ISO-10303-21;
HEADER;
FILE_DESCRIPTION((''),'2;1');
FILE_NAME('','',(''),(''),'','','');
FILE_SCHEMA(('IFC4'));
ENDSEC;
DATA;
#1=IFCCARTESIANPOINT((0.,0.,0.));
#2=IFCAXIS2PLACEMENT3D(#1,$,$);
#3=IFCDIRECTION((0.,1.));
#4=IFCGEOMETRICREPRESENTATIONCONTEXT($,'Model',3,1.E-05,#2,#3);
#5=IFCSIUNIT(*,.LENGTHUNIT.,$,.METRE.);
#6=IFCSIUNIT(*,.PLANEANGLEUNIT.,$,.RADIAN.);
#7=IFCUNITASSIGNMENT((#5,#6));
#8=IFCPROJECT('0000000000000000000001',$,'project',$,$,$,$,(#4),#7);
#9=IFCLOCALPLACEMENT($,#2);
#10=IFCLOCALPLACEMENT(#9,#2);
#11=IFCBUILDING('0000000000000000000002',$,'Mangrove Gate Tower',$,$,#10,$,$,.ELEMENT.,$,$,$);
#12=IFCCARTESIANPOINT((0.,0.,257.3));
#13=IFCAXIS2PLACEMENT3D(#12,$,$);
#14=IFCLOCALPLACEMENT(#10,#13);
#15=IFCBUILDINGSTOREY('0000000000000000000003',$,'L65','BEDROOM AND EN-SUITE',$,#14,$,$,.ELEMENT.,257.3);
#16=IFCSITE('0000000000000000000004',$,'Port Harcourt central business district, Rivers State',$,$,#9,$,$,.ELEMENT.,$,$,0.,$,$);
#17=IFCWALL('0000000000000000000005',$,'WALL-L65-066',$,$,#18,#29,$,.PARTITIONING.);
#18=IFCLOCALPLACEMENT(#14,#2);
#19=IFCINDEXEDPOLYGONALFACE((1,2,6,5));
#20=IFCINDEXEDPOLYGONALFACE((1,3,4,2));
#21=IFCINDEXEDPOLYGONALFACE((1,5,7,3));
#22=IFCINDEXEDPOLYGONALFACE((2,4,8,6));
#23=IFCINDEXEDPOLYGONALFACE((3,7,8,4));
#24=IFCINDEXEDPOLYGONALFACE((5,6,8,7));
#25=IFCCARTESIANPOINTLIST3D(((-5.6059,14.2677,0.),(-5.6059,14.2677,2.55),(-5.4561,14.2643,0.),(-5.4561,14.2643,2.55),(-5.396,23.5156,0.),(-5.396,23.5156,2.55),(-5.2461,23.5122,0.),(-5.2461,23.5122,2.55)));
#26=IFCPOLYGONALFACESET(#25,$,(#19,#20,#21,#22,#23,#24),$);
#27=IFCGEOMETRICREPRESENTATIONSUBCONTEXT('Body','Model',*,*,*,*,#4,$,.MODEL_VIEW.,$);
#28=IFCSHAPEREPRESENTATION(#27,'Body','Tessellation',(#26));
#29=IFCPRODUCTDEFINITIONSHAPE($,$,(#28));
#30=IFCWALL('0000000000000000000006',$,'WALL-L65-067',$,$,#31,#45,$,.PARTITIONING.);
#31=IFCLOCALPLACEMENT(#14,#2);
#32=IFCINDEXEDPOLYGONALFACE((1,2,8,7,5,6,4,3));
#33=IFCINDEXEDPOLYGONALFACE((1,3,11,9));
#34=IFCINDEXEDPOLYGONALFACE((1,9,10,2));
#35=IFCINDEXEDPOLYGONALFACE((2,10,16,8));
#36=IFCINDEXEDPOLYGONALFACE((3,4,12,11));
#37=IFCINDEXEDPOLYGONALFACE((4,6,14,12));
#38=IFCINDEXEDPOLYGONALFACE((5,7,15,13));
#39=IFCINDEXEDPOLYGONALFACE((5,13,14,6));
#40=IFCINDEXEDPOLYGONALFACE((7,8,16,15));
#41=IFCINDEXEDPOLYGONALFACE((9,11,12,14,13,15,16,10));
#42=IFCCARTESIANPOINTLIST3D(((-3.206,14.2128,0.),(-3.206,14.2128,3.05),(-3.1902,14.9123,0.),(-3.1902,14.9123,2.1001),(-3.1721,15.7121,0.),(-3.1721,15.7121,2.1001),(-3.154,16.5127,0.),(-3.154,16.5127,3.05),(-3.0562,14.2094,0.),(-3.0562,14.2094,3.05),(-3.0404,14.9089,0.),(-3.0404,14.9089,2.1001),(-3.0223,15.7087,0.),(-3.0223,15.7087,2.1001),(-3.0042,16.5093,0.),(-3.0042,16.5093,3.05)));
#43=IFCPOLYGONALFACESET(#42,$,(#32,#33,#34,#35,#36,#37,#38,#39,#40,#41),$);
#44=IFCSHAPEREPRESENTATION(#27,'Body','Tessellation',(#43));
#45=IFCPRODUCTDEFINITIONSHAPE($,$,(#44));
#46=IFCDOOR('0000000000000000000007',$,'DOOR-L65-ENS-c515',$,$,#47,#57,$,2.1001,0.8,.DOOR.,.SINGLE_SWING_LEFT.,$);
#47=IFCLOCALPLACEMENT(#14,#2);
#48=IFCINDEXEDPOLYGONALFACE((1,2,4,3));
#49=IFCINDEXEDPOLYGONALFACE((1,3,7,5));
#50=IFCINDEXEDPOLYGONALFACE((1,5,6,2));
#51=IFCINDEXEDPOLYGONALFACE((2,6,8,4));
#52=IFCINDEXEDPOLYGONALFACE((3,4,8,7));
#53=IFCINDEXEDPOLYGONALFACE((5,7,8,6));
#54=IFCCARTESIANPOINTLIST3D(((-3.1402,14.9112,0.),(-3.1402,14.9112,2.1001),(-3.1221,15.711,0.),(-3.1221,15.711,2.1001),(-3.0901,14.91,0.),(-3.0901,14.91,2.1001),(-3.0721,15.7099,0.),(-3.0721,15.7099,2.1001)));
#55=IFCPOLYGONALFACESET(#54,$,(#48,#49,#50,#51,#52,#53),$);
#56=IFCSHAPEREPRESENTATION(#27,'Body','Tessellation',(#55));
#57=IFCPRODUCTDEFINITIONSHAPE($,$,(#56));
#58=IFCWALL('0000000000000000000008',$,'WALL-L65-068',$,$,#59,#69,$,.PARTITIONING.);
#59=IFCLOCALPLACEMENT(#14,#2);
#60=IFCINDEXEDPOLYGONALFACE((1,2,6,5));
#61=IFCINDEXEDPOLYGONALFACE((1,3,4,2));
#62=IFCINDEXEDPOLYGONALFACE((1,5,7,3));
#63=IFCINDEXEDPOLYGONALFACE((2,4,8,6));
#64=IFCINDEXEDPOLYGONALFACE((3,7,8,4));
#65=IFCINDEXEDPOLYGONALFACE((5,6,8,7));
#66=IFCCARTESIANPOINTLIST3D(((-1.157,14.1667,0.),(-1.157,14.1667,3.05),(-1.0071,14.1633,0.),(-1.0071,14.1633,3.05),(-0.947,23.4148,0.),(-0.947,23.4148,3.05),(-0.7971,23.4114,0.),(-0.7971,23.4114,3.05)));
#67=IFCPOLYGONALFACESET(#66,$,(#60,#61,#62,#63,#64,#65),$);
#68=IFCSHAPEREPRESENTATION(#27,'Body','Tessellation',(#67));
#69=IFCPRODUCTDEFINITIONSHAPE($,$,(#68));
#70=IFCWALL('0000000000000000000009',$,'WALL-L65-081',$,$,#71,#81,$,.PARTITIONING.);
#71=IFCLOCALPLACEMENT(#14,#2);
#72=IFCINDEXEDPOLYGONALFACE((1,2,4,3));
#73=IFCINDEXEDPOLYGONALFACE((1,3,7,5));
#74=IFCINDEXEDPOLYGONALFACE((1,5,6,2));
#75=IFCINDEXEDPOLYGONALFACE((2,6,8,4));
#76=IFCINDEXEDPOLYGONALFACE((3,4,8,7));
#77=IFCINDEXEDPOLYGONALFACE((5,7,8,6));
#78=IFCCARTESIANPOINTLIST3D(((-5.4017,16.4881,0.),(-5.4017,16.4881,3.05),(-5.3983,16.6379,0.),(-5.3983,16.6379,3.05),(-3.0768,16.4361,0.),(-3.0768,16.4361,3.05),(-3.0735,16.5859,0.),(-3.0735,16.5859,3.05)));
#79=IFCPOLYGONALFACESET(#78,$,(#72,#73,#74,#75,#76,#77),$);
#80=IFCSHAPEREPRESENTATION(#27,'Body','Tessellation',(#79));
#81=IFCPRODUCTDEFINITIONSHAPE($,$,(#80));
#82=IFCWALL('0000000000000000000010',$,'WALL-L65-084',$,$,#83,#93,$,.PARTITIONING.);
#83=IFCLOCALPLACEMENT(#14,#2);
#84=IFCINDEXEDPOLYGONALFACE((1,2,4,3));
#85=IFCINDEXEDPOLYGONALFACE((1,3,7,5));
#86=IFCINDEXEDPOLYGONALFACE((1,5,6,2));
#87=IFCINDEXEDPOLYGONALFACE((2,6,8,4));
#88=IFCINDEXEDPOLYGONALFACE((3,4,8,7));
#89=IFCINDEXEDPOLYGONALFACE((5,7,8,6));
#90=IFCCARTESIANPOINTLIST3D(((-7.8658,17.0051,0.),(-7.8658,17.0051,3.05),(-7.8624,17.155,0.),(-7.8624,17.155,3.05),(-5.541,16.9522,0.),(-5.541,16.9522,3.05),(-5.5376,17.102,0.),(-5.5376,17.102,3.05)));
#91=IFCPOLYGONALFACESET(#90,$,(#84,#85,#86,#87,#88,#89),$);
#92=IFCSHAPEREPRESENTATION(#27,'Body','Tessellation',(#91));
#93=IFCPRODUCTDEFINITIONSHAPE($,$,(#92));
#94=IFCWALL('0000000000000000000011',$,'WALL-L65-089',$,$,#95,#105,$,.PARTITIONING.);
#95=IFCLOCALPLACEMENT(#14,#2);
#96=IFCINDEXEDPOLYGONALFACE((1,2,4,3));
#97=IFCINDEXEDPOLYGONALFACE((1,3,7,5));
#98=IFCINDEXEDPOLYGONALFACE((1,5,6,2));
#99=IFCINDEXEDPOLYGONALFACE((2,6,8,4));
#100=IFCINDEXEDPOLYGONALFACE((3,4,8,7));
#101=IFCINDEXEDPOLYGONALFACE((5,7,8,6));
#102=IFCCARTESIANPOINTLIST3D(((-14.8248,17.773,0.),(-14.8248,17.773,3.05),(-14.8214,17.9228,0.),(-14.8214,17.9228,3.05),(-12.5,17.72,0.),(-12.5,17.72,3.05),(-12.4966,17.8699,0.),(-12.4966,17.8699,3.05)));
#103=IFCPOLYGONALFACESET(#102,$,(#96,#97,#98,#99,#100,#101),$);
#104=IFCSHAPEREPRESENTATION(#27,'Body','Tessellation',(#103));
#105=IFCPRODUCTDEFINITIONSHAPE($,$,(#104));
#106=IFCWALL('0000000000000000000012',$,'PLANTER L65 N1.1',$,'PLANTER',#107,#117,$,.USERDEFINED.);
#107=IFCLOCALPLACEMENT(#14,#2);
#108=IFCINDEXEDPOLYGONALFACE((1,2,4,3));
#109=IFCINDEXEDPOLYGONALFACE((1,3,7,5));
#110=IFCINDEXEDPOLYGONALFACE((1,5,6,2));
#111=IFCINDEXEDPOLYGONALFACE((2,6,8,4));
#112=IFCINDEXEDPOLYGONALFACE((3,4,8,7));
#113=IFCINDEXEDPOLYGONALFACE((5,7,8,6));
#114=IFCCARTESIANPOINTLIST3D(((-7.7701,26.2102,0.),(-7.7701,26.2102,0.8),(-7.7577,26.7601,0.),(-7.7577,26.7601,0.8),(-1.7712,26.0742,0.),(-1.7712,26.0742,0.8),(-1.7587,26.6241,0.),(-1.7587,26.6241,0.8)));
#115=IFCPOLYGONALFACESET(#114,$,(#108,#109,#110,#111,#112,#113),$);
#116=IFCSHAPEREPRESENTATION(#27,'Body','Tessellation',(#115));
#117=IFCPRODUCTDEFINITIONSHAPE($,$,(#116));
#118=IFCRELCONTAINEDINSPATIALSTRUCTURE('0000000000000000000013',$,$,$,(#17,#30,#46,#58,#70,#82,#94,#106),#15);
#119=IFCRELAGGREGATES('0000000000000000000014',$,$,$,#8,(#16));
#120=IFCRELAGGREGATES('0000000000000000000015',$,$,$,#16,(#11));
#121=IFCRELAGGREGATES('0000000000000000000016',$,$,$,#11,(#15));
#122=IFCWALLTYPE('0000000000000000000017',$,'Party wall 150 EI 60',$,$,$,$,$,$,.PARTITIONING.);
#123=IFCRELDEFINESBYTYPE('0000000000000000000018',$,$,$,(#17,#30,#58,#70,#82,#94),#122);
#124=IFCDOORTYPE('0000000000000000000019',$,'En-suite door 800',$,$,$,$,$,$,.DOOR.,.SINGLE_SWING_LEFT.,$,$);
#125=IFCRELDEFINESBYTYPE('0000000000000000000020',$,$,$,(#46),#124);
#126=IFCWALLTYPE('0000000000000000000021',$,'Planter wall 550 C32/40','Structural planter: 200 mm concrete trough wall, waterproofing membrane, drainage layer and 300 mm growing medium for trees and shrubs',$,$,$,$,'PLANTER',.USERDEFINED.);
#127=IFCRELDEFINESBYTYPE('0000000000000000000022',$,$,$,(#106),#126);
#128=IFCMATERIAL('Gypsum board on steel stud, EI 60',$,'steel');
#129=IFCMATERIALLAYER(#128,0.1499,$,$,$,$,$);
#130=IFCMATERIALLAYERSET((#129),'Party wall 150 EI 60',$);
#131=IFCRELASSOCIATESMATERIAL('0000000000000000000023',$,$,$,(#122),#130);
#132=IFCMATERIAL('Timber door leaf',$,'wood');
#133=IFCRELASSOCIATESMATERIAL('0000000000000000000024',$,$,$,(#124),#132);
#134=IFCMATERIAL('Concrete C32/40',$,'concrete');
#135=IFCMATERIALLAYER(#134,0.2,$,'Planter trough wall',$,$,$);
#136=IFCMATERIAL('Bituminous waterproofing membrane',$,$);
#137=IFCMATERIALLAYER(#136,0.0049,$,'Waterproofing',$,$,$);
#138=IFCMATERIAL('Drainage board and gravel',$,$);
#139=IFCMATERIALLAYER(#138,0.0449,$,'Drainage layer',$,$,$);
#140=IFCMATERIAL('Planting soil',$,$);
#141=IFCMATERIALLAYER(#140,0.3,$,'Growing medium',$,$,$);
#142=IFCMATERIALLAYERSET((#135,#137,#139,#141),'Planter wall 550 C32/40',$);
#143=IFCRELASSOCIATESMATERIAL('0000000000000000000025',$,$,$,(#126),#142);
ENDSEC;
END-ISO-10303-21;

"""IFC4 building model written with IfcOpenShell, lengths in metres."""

from ifc_helpers import new_model, si_unit, direction, frame, frame_2d, origin, place, context, subcontext, project, spatial, rectangle, extrude, material, layer, layer_set, type_object, element, fill, save


model = new_model("IFC4")

# Units and contexts
model_context = context("Model", 3, precision=1e-05, world=origin(), true_north=direction((0.0, 1.0)))
body_context = subcontext(model_context, "Body", "Model", "MODEL_VIEW")
ifc_project = project(units=[si_unit("LENGTHUNIT", "METRE"), si_unit("PLANEANGLEUNIT", "RADIAN")], contexts=[model_context])

# Site, building, storey
site_placement = place(None, origin())
site = spatial("IfcSite", under=ifc_project, at=site_placement, Name="Port Harcourt central business district, Rivers State", CompositionType="ELEMENT", RefElevation=0.0)
building_placement = place(site_placement, origin())
building = spatial("IfcBuilding", under=site, at=building_placement, Name="Mangrove Gate Tower", CompositionType="ELEMENT")
storey_placement = place(building_placement, frame((0.0, 0.0, 257.3)))
storey = spatial("IfcBuildingStorey", under=building, at=storey_placement, Name="L65", Description="BEDROOM AND EN-SUITE", CompositionType="ELEMENT", Elevation=257.3)

# Shared definitions
ifc_material_1 = material(Name="Gypsum board on steel stud, EI 60", Category="steel")
ifc_layer_1 = layer(ifc_material_1, 0.1499)
ifc_layer_set_1 = layer_set([ifc_layer_1], Name="Party wall 150 EI 60")
wall_type_1 = type_object("IfcWallType", Name="Party wall 150 EI 60", PredefinedType="PARTITIONING", material=ifc_layer_set_1)

# Shared definitions
ifc_material_2 = material(Name="Timber door leaf", Category="wood")
door_type = type_object("IfcDoorType", Name="En-suite door 800", OperationType="SINGLE_SWING_LEFT", PredefinedType="DOOR", material=ifc_material_2)

# Wall
wall_1_placement = place(storey_placement, frame((-5.531, 14.2661, 0.0), z_axis=(0.0, 0.0, 1.0), x_axis=(0.022698, 0.999742, 0.0)))
element("IfcWall", 1, at=wall_1_placement, inside=storey, type_object=wall_type_1, Name="WALL-L65-066", PredefinedType="PARTITIONING", context=body_context, shape_type="SweptSolid", body=[
    extrude(rectangle(XDim=9.2502, YDim=0.1499, at=frame_2d((4.625, 0.0))), origin(), (0.0, 0.0, 1.0), 2.55),
])

# Wall, opening, door
wall_2_placement = place(storey_placement, frame((-3.1311, 14.2109, 0.0), z_axis=(0.0, 0.0, 1.0), x_axis=(0.022603, 0.999745, 0.0)))
wall_2 = element("IfcWall", 2, at=wall_2_placement, inside=storey, type_object=wall_type_1, Name="WALL-L65-067", PredefinedType="PARTITIONING", context=body_context, shape_type="SweptSolid", body=[
    extrude(rectangle(XDim=2.3005, YDim=0.1499, at=frame_2d((1.1504, 0.0))), origin(), (0.0, 0.0, 1.0), 3.05),
])
opening_1_placement = place(wall_2_placement, frame((0.7, 0.0, 0.0)))
opening_1 = element("IfcOpeningElement", 3, at=opening_1_placement, cuts=wall_2, PredefinedType="OPENING", context=body_context, shape_type="SweptSolid", body=[
    extrude(rectangle(XDim=0.8, YDim=2.1001, at=frame_2d((0.3999, 1.05))), frame((0.0, 0.085, 0.0), z_axis=(0.0, -1.0, 0.0), x_axis=(1.0, 0.0, 0.0)), (0.0, 0.0, 1.0), 0.1699),
])
door_1_placement = place(opening_1_placement, origin())
door_1 = element("IfcDoor", 4, at=door_1_placement, inside=storey, type_object=door_type, Name="DOOR-L65-ENS-c515", OperationType="SINGLE_SWING_LEFT", OverallHeight=2.1001, OverallWidth=0.8, PredefinedType="DOOR", context=body_context, shape_type="SweptSolid", body=[
    extrude(rectangle(XDim=0.8, YDim=2.1001, at=frame_2d((0.3999, 1.05))), frame((0.0, 0.0249, 0.0), z_axis=(0.0, -1.0, 0.0), x_axis=(1.0, 0.0, 0.0)), (0.0, 0.0, 1.0), 0.05),
])
fill(opening_1, door_1)

# Walls
wall_3_placement = place(storey_placement, frame((-1.082, 14.165, 0.0), z_axis=(0.0, 0.0, 1.0), x_axis=(0.022697, 0.999742, 0.0)))
element("IfcWall", 5, at=wall_3_placement, inside=storey, type_object=wall_type_1, Name="WALL-L65-068", PredefinedType="PARTITIONING", context=body_context, shape_type="SweptSolid", body=[
    extrude(rectangle(XDim=9.2505, YDim=0.1499, at=frame_2d((4.6252, 0.0))), origin(), (0.0, 0.0, 1.0), 3.05),
])
for number, where, z_axis, x_axis, name in (
    (6, (-5.3999, 16.563, 0.0), (0.0, 0.0, 1.0), (0.99975, -0.022361, 0.0), "WALL-L65-081"),
    (7, (-7.864, 17.0801, 0.0), (0.0, 0.0, 1.0), (0.99974, -0.022781, 0.0), "WALL-L65-084"),
    (8, (-14.823, 17.8479, 0.0), (0.0, 0.0, 1.0), (0.99974, -0.022781, 0.0), "WALL-L65-089"),
):
    element("IfcWall", number, at=place(storey_placement, frame(where, z_axis=z_axis, x_axis=x_axis)), inside=storey, type_object=wall_type_1, Name=name, PredefinedType="PARTITIONING", context=body_context, shape_type="SweptSolid", body=[
        extrude(rectangle(XDim=2.3254, YDim=0.1499, at=frame_2d((1.1626, 0.0))), origin(), (0.0, 0.0, 1.0), 3.05),
    ])
ifc_material_3 = material(Name="Concrete C32/40", Category="concrete")
ifc_layer_2 = layer(ifc_material_3, 0.2, Name="Planter trough wall")
ifc_material_4 = material(Name="Bituminous waterproofing membrane")
ifc_layer_3 = layer(ifc_material_4, 0.0049, Name="Waterproofing")
ifc_material_5 = material(Name="Drainage board and gravel")
ifc_layer_4 = layer(ifc_material_5, 0.0449, Name="Drainage layer")
ifc_material_6 = material(Name="Planting soil")
ifc_layer_5 = layer(ifc_material_6, 0.3, Name="Growing medium")
ifc_layer_set_2 = layer_set([ifc_layer_2, ifc_layer_3, ifc_layer_4, ifc_layer_5], Name="Planter wall 550 C32/40")
wall_type_2 = type_object("IfcWallType", Name="Planter wall 550 C32/40", Description="Structural planter: 200 mm concrete trough wall, waterproofing membrane, drainage layer and 300 mm growing medium for trees and shrubs", ElementType="PLANTER", PredefinedType="USERDEFINED", material=ifc_layer_set_2)
wall_4_placement = place(storey_placement, frame((-7.7639, 26.4851, 0.0), z_axis=(0.0, 0.0, 1.0), x_axis=(0.999743, -0.022662, 0.0)))
element("IfcWall", 9, at=wall_4_placement, inside=storey, type_object=wall_type_2, Name="PLANTER L65 N1.1", ObjectType="PLANTER", PredefinedType="USERDEFINED", context=body_context, shape_type="SweptSolid", body=[
    extrude(rectangle(XDim=6.0005, YDim=0.55, at=frame_2d((3.0002, 0.0))), origin(), (0.0, 0.0, 1.0), 0.8),
])

save(model, "model.ifc")
